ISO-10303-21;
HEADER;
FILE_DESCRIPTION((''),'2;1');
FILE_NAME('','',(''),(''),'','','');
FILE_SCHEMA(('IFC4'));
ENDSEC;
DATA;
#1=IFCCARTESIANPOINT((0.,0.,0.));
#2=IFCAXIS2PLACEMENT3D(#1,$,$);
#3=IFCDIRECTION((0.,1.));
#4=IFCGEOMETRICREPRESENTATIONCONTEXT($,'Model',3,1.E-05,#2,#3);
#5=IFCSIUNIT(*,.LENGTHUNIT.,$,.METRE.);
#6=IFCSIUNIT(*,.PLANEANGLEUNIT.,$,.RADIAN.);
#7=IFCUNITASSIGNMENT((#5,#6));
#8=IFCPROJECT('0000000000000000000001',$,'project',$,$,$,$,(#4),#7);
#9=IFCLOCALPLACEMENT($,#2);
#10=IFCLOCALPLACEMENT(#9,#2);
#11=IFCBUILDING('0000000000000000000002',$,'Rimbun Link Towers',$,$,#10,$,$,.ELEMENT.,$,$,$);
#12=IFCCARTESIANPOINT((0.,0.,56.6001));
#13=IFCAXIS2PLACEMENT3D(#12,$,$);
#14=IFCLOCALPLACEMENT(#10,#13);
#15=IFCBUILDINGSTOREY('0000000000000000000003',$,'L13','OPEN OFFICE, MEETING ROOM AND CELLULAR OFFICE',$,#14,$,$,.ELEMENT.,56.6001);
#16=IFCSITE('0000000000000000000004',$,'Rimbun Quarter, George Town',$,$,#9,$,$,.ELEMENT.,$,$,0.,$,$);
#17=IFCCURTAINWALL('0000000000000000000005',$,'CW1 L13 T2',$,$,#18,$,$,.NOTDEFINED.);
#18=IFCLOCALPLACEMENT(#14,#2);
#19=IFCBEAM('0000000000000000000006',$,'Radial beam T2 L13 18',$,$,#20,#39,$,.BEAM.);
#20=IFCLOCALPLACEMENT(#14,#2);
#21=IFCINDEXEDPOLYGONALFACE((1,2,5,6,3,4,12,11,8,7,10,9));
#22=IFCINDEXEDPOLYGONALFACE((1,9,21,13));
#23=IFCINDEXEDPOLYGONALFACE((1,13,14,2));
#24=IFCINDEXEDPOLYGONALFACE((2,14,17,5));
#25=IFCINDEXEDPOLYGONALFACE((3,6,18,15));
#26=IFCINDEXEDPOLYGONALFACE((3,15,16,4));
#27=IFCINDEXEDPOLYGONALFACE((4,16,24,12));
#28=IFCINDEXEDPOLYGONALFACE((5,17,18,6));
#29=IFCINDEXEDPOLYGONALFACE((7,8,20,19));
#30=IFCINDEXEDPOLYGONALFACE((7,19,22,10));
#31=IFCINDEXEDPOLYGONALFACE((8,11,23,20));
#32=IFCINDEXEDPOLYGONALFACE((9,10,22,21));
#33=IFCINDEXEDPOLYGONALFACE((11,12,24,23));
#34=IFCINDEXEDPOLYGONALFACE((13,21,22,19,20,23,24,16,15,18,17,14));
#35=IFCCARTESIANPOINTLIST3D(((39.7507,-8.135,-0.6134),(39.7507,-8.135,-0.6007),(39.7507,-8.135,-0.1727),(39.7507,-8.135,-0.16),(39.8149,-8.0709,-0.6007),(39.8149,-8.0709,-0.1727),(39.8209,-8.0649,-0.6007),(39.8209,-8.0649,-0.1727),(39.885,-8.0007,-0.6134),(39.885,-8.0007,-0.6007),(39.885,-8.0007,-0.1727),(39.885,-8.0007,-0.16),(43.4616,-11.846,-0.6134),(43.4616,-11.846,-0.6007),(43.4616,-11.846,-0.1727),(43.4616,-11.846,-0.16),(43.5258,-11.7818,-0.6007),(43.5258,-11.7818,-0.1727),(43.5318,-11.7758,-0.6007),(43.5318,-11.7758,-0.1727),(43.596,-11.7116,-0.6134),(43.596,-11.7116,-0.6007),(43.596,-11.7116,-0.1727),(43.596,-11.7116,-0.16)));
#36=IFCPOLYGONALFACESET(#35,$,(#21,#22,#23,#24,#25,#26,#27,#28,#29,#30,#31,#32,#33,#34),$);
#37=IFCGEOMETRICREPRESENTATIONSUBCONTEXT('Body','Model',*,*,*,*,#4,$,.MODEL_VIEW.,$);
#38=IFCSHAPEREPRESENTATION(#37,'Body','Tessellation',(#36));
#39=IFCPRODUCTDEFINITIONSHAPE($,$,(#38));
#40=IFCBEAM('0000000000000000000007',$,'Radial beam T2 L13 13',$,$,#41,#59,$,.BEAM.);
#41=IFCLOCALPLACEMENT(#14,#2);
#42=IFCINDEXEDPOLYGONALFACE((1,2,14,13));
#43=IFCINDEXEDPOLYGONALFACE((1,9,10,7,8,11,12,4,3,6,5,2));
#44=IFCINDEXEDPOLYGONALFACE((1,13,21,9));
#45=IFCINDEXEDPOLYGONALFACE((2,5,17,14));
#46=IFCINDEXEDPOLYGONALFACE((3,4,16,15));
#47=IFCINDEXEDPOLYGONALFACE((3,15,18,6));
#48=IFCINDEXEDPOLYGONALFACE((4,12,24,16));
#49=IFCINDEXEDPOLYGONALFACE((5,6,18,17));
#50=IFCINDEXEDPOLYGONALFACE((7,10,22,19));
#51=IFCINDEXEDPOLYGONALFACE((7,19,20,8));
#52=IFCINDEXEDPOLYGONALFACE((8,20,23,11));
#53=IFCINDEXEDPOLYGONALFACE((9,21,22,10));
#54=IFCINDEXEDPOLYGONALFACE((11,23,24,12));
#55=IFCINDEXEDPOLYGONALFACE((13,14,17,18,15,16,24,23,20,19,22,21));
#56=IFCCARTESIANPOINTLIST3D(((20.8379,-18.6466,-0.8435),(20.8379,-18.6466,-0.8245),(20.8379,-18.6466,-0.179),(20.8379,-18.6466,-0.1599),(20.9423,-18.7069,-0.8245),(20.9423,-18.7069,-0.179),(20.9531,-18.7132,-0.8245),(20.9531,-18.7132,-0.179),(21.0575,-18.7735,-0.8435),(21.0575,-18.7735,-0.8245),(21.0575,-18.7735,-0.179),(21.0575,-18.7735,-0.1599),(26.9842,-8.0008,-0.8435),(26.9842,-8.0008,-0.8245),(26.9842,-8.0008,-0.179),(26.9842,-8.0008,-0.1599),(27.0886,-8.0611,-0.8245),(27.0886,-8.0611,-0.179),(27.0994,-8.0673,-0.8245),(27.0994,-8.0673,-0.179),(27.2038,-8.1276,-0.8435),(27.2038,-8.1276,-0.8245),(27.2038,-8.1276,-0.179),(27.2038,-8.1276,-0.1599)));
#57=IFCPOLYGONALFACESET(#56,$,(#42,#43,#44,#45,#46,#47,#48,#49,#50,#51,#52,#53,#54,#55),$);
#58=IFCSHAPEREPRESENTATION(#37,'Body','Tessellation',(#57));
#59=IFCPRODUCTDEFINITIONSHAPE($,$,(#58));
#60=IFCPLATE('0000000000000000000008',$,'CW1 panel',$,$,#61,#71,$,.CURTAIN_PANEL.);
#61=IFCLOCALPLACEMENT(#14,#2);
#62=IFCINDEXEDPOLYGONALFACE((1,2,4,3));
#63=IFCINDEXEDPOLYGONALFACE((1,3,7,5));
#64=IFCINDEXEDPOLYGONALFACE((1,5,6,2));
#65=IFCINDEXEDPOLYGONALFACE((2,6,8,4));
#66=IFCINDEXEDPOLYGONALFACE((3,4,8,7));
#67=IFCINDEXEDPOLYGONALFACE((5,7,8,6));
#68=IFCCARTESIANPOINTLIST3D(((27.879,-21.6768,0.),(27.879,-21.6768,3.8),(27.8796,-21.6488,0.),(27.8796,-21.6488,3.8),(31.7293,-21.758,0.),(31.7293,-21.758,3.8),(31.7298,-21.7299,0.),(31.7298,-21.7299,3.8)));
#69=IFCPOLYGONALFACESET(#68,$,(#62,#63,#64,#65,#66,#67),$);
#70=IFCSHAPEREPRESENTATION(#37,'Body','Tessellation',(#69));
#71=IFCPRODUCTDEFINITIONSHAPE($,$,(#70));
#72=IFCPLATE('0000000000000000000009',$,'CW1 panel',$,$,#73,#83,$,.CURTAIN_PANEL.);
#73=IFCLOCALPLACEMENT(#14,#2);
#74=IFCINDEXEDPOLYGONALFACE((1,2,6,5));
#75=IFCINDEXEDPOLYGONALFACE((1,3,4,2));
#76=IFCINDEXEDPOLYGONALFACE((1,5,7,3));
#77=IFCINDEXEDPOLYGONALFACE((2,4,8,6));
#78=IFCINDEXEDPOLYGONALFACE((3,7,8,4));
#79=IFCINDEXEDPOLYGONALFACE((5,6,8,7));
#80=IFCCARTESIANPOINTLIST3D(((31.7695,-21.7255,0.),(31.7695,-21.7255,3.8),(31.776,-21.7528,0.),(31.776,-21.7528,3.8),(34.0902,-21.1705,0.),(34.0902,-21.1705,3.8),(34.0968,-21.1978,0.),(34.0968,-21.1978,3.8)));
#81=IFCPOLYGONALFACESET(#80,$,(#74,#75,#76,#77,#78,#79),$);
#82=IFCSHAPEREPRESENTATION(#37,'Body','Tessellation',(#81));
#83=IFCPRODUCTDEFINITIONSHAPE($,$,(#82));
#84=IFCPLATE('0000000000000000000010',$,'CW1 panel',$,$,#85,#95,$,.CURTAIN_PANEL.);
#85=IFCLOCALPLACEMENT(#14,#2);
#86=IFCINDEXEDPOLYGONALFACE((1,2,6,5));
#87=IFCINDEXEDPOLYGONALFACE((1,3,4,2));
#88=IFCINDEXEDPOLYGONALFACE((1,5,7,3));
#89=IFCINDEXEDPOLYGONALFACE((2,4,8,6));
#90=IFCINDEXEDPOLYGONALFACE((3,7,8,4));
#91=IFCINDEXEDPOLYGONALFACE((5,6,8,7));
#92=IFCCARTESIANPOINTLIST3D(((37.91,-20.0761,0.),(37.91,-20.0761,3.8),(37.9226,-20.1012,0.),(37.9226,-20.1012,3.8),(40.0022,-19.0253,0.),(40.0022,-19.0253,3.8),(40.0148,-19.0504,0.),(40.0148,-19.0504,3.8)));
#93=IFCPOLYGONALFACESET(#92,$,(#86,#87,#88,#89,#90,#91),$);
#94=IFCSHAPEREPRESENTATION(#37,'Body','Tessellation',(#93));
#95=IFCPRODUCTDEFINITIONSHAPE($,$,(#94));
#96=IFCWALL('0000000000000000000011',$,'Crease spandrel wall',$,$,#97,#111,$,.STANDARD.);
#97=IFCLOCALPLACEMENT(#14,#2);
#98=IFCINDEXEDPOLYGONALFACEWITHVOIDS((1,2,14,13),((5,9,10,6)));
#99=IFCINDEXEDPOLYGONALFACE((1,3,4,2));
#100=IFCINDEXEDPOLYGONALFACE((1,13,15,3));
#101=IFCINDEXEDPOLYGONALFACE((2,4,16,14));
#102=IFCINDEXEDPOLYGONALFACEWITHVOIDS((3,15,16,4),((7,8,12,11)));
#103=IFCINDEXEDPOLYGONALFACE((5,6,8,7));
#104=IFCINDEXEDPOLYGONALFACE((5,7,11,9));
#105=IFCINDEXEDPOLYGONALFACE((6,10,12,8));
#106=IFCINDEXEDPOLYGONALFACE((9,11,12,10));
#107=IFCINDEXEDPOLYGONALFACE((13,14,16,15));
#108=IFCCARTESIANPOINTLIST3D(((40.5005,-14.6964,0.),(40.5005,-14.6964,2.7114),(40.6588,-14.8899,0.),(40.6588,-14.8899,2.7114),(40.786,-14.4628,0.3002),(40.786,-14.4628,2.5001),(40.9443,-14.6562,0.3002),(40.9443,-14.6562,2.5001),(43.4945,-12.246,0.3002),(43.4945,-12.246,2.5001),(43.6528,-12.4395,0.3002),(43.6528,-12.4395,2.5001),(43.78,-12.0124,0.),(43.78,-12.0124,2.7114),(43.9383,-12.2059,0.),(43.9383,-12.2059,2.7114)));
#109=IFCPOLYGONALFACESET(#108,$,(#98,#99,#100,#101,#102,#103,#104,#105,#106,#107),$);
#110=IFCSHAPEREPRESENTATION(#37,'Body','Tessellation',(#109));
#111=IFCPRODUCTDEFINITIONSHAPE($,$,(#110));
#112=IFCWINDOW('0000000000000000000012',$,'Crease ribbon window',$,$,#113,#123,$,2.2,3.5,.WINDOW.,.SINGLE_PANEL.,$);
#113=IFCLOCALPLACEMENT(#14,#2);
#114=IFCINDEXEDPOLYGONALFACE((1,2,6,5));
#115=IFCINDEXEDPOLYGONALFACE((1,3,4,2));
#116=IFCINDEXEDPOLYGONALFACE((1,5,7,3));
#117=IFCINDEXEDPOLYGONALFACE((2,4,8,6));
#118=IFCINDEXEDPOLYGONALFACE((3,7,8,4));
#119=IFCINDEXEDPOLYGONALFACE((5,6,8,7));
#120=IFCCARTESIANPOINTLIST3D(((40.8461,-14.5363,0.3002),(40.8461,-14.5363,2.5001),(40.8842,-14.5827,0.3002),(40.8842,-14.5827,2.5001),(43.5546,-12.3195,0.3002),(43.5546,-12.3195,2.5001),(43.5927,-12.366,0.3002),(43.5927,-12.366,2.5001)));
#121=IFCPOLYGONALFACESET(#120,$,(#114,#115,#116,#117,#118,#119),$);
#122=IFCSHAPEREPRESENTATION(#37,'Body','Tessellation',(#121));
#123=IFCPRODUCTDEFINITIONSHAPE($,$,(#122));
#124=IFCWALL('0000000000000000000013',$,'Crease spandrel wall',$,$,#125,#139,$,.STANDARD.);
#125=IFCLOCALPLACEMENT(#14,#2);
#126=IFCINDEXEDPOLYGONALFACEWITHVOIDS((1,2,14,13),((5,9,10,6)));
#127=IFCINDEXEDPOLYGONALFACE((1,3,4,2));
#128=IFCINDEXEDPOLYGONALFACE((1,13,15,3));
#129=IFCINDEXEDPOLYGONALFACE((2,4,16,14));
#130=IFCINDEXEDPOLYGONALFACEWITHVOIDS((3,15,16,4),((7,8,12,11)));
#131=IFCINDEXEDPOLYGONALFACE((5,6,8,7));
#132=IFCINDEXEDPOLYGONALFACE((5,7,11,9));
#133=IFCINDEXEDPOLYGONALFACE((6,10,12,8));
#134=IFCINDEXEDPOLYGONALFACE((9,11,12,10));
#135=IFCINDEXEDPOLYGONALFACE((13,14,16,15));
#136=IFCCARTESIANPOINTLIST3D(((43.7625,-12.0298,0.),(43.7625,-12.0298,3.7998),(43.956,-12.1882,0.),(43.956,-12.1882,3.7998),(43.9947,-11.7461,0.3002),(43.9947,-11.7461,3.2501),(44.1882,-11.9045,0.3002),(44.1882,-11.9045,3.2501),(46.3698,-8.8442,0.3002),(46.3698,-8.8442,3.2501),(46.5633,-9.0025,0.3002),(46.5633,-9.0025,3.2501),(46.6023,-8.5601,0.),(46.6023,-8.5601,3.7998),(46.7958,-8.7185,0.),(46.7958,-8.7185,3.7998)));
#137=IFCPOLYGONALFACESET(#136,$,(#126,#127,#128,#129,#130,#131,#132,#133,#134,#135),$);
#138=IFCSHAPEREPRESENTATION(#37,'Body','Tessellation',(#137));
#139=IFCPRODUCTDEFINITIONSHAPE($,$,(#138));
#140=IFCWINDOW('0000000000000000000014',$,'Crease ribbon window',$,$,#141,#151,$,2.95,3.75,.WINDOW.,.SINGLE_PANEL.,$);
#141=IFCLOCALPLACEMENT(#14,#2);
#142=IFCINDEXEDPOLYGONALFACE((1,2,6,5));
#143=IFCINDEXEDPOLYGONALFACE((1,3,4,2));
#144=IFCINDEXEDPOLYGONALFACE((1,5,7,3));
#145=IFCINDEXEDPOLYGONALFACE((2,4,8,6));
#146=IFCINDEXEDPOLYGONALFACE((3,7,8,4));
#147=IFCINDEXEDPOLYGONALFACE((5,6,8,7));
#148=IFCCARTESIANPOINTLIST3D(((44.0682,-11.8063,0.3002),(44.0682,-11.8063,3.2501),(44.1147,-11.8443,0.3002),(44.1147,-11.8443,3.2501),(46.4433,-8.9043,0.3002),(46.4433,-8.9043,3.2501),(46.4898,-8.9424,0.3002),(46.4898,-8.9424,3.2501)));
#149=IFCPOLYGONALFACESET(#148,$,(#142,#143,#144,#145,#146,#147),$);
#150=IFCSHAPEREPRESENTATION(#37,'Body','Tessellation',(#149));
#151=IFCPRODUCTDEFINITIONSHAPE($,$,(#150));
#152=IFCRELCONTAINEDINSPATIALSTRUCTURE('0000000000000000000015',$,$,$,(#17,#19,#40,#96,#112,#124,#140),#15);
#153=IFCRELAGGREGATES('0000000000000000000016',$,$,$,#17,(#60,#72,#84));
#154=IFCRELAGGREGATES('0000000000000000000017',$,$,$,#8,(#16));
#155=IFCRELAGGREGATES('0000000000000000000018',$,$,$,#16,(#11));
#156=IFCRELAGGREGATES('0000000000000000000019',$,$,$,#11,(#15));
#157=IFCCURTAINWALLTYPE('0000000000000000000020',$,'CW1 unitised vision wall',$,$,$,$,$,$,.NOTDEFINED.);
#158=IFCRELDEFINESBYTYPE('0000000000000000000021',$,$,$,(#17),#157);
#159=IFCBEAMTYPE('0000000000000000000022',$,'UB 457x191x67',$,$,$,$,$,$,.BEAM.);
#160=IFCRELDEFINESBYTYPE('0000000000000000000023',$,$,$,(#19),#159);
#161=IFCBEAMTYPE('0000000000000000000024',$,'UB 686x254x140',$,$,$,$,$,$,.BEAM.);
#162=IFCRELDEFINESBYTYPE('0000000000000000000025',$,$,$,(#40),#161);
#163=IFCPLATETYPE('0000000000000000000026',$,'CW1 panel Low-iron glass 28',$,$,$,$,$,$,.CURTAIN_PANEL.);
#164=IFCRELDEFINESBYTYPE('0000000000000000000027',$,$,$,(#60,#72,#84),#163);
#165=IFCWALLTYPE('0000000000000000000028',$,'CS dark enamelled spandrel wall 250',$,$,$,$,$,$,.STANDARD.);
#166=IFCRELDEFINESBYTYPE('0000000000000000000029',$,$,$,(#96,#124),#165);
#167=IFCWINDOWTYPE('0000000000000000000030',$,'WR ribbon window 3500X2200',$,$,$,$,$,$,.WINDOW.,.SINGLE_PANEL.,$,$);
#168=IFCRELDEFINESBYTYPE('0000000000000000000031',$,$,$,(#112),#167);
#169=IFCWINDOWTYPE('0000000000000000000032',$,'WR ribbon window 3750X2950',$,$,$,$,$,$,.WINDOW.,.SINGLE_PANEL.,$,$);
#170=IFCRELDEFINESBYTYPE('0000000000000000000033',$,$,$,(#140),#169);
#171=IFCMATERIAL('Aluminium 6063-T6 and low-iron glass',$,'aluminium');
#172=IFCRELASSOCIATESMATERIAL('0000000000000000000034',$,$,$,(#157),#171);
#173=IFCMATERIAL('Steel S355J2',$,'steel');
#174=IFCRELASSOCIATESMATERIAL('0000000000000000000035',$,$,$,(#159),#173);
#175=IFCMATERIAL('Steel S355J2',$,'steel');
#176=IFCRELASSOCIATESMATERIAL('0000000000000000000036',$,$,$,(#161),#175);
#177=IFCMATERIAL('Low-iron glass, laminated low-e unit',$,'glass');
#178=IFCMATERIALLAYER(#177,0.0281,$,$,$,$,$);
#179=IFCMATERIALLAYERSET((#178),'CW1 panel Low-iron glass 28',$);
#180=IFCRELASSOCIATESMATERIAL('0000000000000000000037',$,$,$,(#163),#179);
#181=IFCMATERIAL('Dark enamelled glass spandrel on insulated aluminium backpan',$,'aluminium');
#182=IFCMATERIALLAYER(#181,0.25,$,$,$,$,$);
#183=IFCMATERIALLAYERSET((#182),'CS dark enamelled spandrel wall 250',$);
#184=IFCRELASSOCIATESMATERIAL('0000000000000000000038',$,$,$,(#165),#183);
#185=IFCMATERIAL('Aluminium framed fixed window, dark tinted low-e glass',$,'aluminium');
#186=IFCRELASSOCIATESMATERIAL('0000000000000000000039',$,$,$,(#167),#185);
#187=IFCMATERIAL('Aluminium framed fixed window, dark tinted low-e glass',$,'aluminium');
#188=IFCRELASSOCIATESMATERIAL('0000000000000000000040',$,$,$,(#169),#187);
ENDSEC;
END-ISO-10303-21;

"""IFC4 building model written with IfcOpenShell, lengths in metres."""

from ifc_helpers import new_model, si_unit, direction, frame, frame_2d, origin, origin_2d, place, context, subcontext, project, spatial, rectangle, i_section, extrude, material, layer, layer_set, material_profile, profile_set, type_object, element, fill, aggregate, save


model = new_model("IFC4")

# Units and contexts
model_context = context("Model", 3, precision=1e-05, world=origin(), true_north=direction((0.0, 1.0)))
body_context = subcontext(model_context, "Body", "Model", "MODEL_VIEW")
ifc_project = project(units=[si_unit("LENGTHUNIT", "METRE"), si_unit("PLANEANGLEUNIT", "RADIAN")], contexts=[model_context])

# Site, building, storey
site_placement = place(None, origin())
site = spatial("IfcSite", under=ifc_project, at=site_placement, Name="Rimbun Quarter, George Town", CompositionType="ELEMENT", RefElevation=0.0)
building_placement = place(site_placement, origin())
building = spatial("IfcBuilding", under=site, at=building_placement, Name="Rimbun Link Towers", CompositionType="ELEMENT")
storey_placement = place(building_placement, frame((0.0, 0.0, 56.6001)))
storey = spatial("IfcBuildingStorey", under=building, at=storey_placement, Name="L13", Description="OPEN OFFICE, MEETING ROOM AND CELLULAR OFFICE", CompositionType="ELEMENT", Elevation=56.6001)

# Curtain wall
ifc_material_1 = material(Name="Aluminium 6063-T6 and low-iron glass", Category="aluminium")
curtain_wall_type = type_object("IfcCurtainWallType", Name="CW1 unitised vision wall", PredefinedType="NOTDEFINED", material=ifc_material_1)
curtain_wall_placement = place(storey_placement, origin())
curtain_wall = element("IfcCurtainWall", 1, at=curtain_wall_placement, inside=storey, type_object=curtain_wall_type, Name="CW1 L13 T2", PredefinedType="NOTDEFINED")

# Beams
ifc_material_2 = material(Name="Steel S355J2", Category="steel")
ifc_material_profile_1 = material_profile(ifc_material_2, i_section(OverallWidth=0.1899, OverallDepth=0.4534, WebThickness=0.0085, FlangeThickness=0.0127, at=origin_2d()), Name="UB 457x191x67")
ifc_profile_set_1 = profile_set([ifc_material_profile_1], Name="Steel S355J2")
beam_type_1 = type_object("IfcBeamType", Name="UB 457x191x67", PredefinedType="BEAM", material=ifc_profile_set_1)
beam_1_placement = place(storey_placement, frame((39.8179, -8.0679, -0.3867), z_axis=(0.707107, -0.707107, 0.0), x_axis=(0.707107, 0.707107, 0.0)))
element("IfcBeam", 2, at=beam_1_placement, inside=storey, type_object=beam_type_1, Name="Radial beam T2 L13 18", PredefinedType="BEAM", context=body_context, shape_type="SweptSolid", body=[
    extrude(i_section(OverallWidth=0.1899, OverallDepth=0.4534, WebThickness=0.0085, FlangeThickness=0.0127, at=origin_2d()), origin(), (0.0, 0.0, 1.0), 5.248),
])
ifc_material_3 = material(Name="Steel S355J2", Category="steel")
ifc_material_profile_2 = material_profile(ifc_material_3, i_section(OverallWidth=0.2537, OverallDepth=0.6836, WebThickness=0.0125, FlangeThickness=0.019, at=origin_2d()), Name="UB 686x254x140")
ifc_profile_set_2 = profile_set([ifc_material_profile_2], Name="Steel S355J2")
beam_type_2 = type_object("IfcBeamType", Name="UB 686x254x140", PredefinedType="BEAM", material=ifc_profile_set_2)
beam_2_placement = place(storey_placement, frame((27.094, -8.0642, -0.5017), z_axis=(-0.499995, -0.866028, 0.0), x_axis=(0.866028, -0.499995, 0.0)))
element("IfcBeam", 3, at=beam_2_placement, inside=storey, type_object=beam_type_2, Name="Radial beam T2 L13 13", PredefinedType="BEAM", context=body_context, shape_type="SweptSolid", body=[
    extrude(i_section(OverallWidth=0.2537, OverallDepth=0.6836, WebThickness=0.0125, FlangeThickness=0.019, at=origin_2d()), origin(), (0.0, 0.0, 1.0), 12.2927),
])

# Plates
ifc_material_4 = material(Name="Low-iron glass, laminated low-e unit", Category="glass")
ifc_layer_1 = layer(ifc_material_4, 0.0281)
ifc_layer_set_1 = layer_set([ifc_layer_1], Name="CW1 panel Low-iron glass 28")
plate_type = type_object("IfcPlateType", Name="CW1 panel Low-iron glass 28", PredefinedType="CURTAIN_PANEL", material=ifc_layer_set_1)
plate_1_placement = place(storey_placement, frame((29.8044, -21.7034, 0.0), z_axis=(0.0, 0.0, 1.0), x_axis=(-0.999778, 0.021066, 0.0)))
plate_1 = element("IfcPlate", 4, at=plate_1_placement, type_object=plate_type, Name="CW1 panel", PredefinedType="CURTAIN_PANEL", context=body_context, shape_type="SweptSolid", body=[
    extrude(rectangle(XDim=3.8511, YDim=0.0281, at=origin_2d()), origin(), (0.0, 0.0, 1.0), 3.8),
])
plate_2_placement = place(storey_placement, frame((32.9331, -21.4617, 0.0), z_axis=(0.0, 0.0, 1.0), x_axis=(-0.972572, -0.232603, 0.0)))
plate_2 = element("IfcPlate", 5, at=plate_2_placement, type_object=plate_type, Name="CW1 panel", PredefinedType="CURTAIN_PANEL", context=body_context, shape_type="SweptSolid", body=[
    extrude(rectangle(XDim=2.3862, YDim=0.0281, at=origin_2d()), origin(), (0.0, 0.0, 1.0), 3.8),
])
plate_3_placement = place(storey_placement, frame((38.9624, -19.5632, 0.0), z_axis=(0.0, 0.0, 1.0), x_axis=(-0.893638, -0.448789, 0.0)))
plate_3 = element("IfcPlate", 6, at=plate_3_placement, type_object=plate_type, Name="CW1 panel", PredefinedType="CURTAIN_PANEL", context=body_context, shape_type="SweptSolid", body=[
    extrude(rectangle(XDim=2.3413, YDim=0.0281, at=origin_2d()), origin(), (0.0, 0.0, 1.0), 3.8),
])
aggregate(curtain_wall, [plate_1, plate_2, plate_3])

# Walls, openings, windows
ifc_material_5 = material(Name="Dark enamelled glass spandrel on insulated aluminium backpan", Category="aluminium")
ifc_layer_2 = layer(ifc_material_5, 0.25)
ifc_layer_set_2 = layer_set([ifc_layer_2], Name="CS dark enamelled spandrel wall 250")
wall_type_1 = type_object("IfcWallType", Name="CS dark enamelled spandrel wall 250", PredefinedType="STANDARD", material=ifc_layer_set_2)
wall_1_placement = place(storey_placement, frame((43.8591, -12.1091, 0.0), z_axis=(0.0, 0.0, 1.0), x_axis=(-0.773862, -0.633354, 0.0)))
wall_1 = element("IfcWall", 7, at=wall_1_placement, inside=storey, type_object=wall_type_1, Name="Crease spandrel wall", PredefinedType="STANDARD", context=body_context, shape_type="SweptSolid", body=[
    extrude(rectangle(XDim=4.2378, YDim=0.25, at=frame_2d((2.1189, 0.0))), origin(), (0.0, 0.0, 1.0), 2.7114),
])
opening_1_placement = place(wall_1_placement, frame((0.3689, 0.0, 0.3)))
opening_1 = element("IfcOpeningElement", 8, at=opening_1_placement, cuts=wall_1, PredefinedType="OPENING", context=body_context, shape_type="SweptSolid", body=[
    extrude(rectangle(XDim=3.5, YDim=2.2, at=frame_2d((1.75, 1.1001))), frame((0.0, 0.135, 0.0), z_axis=(0.0, -1.0, 0.0), x_axis=(1.0, 0.0, 0.0)), (0.0, 0.0, 1.0), 0.27),
])
ifc_material_6 = material(Name="Aluminium framed fixed window, dark tinted low-e glass", Category="aluminium")
window_type_1 = type_object("IfcWindowType", Name="WR ribbon window 3500X2200", PartitioningType="SINGLE_PANEL", PredefinedType="WINDOW", material=ifc_material_6)
window_1_placement = place(opening_1_placement, origin())
window_1 = element("IfcWindow", 9, at=window_1_placement, inside=storey, type_object=window_type_1, Name="Crease ribbon window", OverallHeight=2.2, OverallWidth=3.5, PartitioningType="SINGLE_PANEL", PredefinedType="WINDOW", context=body_context, shape_type="SweptSolid", body=[
    extrude(rectangle(XDim=3.5, YDim=2.2, at=frame_2d((1.75, 1.1001))), frame((0.0, 0.03, 0.0), z_axis=(0.0, -1.0, 0.0), x_axis=(1.0, 0.0, 0.0)), (0.0, 0.0, 1.0), 0.0601),
])
fill(opening_1, window_1)
wall_2_placement = place(storey_placement, frame((46.699, -8.6394, 0.0), z_axis=(0.0, 0.0, 1.0), x_axis=(-0.633368, -0.773851, 0.0)))
wall_2 = element("IfcWall", 10, at=wall_2_placement, inside=storey, type_object=wall_type_1, Name="Crease spandrel wall", PredefinedType="STANDARD", context=body_context, shape_type="SweptSolid", body=[
    extrude(rectangle(XDim=4.4836, YDim=0.25, at=frame_2d((2.2417, 0.0))), origin(), (0.0, 0.0, 1.0), 3.7998),
])
opening_2_placement = place(wall_2_placement, frame((0.3669, 0.0, 0.3)))
opening_2 = element("IfcOpeningElement", 11, at=opening_2_placement, cuts=wall_2, PredefinedType="OPENING", context=body_context, shape_type="SweptSolid", body=[
    extrude(rectangle(XDim=3.75, YDim=2.95, at=frame_2d((1.875, 1.4751))), frame((0.0, 0.135, 0.0), z_axis=(0.0, -1.0, 0.0), x_axis=(1.0, 0.0, 0.0)), (0.0, 0.0, 1.0), 0.27),
])
ifc_material_7 = material(Name="Aluminium framed fixed window, dark tinted low-e glass", Category="aluminium")
window_type_2 = type_object("IfcWindowType", Name="WR ribbon window 3750X2950", PartitioningType="SINGLE_PANEL", PredefinedType="WINDOW", material=ifc_material_7)
window_2_placement = place(opening_2_placement, origin())
window_2 = element("IfcWindow", 12, at=window_2_placement, inside=storey, type_object=window_type_2, Name="Crease ribbon window", OverallHeight=2.95, OverallWidth=3.75, PartitioningType="SINGLE_PANEL", PredefinedType="WINDOW", context=body_context, shape_type="SweptSolid", body=[
    extrude(rectangle(XDim=3.75, YDim=2.95, at=frame_2d((1.875, 1.4751))), frame((0.0, 0.03, 0.0), z_axis=(0.0, -1.0, 0.0), x_axis=(1.0, 0.0, 0.0)), (0.0, 0.0, 1.0), 0.0601),
])
fill(opening_2, window_2)

save(model, "model.ifc")
